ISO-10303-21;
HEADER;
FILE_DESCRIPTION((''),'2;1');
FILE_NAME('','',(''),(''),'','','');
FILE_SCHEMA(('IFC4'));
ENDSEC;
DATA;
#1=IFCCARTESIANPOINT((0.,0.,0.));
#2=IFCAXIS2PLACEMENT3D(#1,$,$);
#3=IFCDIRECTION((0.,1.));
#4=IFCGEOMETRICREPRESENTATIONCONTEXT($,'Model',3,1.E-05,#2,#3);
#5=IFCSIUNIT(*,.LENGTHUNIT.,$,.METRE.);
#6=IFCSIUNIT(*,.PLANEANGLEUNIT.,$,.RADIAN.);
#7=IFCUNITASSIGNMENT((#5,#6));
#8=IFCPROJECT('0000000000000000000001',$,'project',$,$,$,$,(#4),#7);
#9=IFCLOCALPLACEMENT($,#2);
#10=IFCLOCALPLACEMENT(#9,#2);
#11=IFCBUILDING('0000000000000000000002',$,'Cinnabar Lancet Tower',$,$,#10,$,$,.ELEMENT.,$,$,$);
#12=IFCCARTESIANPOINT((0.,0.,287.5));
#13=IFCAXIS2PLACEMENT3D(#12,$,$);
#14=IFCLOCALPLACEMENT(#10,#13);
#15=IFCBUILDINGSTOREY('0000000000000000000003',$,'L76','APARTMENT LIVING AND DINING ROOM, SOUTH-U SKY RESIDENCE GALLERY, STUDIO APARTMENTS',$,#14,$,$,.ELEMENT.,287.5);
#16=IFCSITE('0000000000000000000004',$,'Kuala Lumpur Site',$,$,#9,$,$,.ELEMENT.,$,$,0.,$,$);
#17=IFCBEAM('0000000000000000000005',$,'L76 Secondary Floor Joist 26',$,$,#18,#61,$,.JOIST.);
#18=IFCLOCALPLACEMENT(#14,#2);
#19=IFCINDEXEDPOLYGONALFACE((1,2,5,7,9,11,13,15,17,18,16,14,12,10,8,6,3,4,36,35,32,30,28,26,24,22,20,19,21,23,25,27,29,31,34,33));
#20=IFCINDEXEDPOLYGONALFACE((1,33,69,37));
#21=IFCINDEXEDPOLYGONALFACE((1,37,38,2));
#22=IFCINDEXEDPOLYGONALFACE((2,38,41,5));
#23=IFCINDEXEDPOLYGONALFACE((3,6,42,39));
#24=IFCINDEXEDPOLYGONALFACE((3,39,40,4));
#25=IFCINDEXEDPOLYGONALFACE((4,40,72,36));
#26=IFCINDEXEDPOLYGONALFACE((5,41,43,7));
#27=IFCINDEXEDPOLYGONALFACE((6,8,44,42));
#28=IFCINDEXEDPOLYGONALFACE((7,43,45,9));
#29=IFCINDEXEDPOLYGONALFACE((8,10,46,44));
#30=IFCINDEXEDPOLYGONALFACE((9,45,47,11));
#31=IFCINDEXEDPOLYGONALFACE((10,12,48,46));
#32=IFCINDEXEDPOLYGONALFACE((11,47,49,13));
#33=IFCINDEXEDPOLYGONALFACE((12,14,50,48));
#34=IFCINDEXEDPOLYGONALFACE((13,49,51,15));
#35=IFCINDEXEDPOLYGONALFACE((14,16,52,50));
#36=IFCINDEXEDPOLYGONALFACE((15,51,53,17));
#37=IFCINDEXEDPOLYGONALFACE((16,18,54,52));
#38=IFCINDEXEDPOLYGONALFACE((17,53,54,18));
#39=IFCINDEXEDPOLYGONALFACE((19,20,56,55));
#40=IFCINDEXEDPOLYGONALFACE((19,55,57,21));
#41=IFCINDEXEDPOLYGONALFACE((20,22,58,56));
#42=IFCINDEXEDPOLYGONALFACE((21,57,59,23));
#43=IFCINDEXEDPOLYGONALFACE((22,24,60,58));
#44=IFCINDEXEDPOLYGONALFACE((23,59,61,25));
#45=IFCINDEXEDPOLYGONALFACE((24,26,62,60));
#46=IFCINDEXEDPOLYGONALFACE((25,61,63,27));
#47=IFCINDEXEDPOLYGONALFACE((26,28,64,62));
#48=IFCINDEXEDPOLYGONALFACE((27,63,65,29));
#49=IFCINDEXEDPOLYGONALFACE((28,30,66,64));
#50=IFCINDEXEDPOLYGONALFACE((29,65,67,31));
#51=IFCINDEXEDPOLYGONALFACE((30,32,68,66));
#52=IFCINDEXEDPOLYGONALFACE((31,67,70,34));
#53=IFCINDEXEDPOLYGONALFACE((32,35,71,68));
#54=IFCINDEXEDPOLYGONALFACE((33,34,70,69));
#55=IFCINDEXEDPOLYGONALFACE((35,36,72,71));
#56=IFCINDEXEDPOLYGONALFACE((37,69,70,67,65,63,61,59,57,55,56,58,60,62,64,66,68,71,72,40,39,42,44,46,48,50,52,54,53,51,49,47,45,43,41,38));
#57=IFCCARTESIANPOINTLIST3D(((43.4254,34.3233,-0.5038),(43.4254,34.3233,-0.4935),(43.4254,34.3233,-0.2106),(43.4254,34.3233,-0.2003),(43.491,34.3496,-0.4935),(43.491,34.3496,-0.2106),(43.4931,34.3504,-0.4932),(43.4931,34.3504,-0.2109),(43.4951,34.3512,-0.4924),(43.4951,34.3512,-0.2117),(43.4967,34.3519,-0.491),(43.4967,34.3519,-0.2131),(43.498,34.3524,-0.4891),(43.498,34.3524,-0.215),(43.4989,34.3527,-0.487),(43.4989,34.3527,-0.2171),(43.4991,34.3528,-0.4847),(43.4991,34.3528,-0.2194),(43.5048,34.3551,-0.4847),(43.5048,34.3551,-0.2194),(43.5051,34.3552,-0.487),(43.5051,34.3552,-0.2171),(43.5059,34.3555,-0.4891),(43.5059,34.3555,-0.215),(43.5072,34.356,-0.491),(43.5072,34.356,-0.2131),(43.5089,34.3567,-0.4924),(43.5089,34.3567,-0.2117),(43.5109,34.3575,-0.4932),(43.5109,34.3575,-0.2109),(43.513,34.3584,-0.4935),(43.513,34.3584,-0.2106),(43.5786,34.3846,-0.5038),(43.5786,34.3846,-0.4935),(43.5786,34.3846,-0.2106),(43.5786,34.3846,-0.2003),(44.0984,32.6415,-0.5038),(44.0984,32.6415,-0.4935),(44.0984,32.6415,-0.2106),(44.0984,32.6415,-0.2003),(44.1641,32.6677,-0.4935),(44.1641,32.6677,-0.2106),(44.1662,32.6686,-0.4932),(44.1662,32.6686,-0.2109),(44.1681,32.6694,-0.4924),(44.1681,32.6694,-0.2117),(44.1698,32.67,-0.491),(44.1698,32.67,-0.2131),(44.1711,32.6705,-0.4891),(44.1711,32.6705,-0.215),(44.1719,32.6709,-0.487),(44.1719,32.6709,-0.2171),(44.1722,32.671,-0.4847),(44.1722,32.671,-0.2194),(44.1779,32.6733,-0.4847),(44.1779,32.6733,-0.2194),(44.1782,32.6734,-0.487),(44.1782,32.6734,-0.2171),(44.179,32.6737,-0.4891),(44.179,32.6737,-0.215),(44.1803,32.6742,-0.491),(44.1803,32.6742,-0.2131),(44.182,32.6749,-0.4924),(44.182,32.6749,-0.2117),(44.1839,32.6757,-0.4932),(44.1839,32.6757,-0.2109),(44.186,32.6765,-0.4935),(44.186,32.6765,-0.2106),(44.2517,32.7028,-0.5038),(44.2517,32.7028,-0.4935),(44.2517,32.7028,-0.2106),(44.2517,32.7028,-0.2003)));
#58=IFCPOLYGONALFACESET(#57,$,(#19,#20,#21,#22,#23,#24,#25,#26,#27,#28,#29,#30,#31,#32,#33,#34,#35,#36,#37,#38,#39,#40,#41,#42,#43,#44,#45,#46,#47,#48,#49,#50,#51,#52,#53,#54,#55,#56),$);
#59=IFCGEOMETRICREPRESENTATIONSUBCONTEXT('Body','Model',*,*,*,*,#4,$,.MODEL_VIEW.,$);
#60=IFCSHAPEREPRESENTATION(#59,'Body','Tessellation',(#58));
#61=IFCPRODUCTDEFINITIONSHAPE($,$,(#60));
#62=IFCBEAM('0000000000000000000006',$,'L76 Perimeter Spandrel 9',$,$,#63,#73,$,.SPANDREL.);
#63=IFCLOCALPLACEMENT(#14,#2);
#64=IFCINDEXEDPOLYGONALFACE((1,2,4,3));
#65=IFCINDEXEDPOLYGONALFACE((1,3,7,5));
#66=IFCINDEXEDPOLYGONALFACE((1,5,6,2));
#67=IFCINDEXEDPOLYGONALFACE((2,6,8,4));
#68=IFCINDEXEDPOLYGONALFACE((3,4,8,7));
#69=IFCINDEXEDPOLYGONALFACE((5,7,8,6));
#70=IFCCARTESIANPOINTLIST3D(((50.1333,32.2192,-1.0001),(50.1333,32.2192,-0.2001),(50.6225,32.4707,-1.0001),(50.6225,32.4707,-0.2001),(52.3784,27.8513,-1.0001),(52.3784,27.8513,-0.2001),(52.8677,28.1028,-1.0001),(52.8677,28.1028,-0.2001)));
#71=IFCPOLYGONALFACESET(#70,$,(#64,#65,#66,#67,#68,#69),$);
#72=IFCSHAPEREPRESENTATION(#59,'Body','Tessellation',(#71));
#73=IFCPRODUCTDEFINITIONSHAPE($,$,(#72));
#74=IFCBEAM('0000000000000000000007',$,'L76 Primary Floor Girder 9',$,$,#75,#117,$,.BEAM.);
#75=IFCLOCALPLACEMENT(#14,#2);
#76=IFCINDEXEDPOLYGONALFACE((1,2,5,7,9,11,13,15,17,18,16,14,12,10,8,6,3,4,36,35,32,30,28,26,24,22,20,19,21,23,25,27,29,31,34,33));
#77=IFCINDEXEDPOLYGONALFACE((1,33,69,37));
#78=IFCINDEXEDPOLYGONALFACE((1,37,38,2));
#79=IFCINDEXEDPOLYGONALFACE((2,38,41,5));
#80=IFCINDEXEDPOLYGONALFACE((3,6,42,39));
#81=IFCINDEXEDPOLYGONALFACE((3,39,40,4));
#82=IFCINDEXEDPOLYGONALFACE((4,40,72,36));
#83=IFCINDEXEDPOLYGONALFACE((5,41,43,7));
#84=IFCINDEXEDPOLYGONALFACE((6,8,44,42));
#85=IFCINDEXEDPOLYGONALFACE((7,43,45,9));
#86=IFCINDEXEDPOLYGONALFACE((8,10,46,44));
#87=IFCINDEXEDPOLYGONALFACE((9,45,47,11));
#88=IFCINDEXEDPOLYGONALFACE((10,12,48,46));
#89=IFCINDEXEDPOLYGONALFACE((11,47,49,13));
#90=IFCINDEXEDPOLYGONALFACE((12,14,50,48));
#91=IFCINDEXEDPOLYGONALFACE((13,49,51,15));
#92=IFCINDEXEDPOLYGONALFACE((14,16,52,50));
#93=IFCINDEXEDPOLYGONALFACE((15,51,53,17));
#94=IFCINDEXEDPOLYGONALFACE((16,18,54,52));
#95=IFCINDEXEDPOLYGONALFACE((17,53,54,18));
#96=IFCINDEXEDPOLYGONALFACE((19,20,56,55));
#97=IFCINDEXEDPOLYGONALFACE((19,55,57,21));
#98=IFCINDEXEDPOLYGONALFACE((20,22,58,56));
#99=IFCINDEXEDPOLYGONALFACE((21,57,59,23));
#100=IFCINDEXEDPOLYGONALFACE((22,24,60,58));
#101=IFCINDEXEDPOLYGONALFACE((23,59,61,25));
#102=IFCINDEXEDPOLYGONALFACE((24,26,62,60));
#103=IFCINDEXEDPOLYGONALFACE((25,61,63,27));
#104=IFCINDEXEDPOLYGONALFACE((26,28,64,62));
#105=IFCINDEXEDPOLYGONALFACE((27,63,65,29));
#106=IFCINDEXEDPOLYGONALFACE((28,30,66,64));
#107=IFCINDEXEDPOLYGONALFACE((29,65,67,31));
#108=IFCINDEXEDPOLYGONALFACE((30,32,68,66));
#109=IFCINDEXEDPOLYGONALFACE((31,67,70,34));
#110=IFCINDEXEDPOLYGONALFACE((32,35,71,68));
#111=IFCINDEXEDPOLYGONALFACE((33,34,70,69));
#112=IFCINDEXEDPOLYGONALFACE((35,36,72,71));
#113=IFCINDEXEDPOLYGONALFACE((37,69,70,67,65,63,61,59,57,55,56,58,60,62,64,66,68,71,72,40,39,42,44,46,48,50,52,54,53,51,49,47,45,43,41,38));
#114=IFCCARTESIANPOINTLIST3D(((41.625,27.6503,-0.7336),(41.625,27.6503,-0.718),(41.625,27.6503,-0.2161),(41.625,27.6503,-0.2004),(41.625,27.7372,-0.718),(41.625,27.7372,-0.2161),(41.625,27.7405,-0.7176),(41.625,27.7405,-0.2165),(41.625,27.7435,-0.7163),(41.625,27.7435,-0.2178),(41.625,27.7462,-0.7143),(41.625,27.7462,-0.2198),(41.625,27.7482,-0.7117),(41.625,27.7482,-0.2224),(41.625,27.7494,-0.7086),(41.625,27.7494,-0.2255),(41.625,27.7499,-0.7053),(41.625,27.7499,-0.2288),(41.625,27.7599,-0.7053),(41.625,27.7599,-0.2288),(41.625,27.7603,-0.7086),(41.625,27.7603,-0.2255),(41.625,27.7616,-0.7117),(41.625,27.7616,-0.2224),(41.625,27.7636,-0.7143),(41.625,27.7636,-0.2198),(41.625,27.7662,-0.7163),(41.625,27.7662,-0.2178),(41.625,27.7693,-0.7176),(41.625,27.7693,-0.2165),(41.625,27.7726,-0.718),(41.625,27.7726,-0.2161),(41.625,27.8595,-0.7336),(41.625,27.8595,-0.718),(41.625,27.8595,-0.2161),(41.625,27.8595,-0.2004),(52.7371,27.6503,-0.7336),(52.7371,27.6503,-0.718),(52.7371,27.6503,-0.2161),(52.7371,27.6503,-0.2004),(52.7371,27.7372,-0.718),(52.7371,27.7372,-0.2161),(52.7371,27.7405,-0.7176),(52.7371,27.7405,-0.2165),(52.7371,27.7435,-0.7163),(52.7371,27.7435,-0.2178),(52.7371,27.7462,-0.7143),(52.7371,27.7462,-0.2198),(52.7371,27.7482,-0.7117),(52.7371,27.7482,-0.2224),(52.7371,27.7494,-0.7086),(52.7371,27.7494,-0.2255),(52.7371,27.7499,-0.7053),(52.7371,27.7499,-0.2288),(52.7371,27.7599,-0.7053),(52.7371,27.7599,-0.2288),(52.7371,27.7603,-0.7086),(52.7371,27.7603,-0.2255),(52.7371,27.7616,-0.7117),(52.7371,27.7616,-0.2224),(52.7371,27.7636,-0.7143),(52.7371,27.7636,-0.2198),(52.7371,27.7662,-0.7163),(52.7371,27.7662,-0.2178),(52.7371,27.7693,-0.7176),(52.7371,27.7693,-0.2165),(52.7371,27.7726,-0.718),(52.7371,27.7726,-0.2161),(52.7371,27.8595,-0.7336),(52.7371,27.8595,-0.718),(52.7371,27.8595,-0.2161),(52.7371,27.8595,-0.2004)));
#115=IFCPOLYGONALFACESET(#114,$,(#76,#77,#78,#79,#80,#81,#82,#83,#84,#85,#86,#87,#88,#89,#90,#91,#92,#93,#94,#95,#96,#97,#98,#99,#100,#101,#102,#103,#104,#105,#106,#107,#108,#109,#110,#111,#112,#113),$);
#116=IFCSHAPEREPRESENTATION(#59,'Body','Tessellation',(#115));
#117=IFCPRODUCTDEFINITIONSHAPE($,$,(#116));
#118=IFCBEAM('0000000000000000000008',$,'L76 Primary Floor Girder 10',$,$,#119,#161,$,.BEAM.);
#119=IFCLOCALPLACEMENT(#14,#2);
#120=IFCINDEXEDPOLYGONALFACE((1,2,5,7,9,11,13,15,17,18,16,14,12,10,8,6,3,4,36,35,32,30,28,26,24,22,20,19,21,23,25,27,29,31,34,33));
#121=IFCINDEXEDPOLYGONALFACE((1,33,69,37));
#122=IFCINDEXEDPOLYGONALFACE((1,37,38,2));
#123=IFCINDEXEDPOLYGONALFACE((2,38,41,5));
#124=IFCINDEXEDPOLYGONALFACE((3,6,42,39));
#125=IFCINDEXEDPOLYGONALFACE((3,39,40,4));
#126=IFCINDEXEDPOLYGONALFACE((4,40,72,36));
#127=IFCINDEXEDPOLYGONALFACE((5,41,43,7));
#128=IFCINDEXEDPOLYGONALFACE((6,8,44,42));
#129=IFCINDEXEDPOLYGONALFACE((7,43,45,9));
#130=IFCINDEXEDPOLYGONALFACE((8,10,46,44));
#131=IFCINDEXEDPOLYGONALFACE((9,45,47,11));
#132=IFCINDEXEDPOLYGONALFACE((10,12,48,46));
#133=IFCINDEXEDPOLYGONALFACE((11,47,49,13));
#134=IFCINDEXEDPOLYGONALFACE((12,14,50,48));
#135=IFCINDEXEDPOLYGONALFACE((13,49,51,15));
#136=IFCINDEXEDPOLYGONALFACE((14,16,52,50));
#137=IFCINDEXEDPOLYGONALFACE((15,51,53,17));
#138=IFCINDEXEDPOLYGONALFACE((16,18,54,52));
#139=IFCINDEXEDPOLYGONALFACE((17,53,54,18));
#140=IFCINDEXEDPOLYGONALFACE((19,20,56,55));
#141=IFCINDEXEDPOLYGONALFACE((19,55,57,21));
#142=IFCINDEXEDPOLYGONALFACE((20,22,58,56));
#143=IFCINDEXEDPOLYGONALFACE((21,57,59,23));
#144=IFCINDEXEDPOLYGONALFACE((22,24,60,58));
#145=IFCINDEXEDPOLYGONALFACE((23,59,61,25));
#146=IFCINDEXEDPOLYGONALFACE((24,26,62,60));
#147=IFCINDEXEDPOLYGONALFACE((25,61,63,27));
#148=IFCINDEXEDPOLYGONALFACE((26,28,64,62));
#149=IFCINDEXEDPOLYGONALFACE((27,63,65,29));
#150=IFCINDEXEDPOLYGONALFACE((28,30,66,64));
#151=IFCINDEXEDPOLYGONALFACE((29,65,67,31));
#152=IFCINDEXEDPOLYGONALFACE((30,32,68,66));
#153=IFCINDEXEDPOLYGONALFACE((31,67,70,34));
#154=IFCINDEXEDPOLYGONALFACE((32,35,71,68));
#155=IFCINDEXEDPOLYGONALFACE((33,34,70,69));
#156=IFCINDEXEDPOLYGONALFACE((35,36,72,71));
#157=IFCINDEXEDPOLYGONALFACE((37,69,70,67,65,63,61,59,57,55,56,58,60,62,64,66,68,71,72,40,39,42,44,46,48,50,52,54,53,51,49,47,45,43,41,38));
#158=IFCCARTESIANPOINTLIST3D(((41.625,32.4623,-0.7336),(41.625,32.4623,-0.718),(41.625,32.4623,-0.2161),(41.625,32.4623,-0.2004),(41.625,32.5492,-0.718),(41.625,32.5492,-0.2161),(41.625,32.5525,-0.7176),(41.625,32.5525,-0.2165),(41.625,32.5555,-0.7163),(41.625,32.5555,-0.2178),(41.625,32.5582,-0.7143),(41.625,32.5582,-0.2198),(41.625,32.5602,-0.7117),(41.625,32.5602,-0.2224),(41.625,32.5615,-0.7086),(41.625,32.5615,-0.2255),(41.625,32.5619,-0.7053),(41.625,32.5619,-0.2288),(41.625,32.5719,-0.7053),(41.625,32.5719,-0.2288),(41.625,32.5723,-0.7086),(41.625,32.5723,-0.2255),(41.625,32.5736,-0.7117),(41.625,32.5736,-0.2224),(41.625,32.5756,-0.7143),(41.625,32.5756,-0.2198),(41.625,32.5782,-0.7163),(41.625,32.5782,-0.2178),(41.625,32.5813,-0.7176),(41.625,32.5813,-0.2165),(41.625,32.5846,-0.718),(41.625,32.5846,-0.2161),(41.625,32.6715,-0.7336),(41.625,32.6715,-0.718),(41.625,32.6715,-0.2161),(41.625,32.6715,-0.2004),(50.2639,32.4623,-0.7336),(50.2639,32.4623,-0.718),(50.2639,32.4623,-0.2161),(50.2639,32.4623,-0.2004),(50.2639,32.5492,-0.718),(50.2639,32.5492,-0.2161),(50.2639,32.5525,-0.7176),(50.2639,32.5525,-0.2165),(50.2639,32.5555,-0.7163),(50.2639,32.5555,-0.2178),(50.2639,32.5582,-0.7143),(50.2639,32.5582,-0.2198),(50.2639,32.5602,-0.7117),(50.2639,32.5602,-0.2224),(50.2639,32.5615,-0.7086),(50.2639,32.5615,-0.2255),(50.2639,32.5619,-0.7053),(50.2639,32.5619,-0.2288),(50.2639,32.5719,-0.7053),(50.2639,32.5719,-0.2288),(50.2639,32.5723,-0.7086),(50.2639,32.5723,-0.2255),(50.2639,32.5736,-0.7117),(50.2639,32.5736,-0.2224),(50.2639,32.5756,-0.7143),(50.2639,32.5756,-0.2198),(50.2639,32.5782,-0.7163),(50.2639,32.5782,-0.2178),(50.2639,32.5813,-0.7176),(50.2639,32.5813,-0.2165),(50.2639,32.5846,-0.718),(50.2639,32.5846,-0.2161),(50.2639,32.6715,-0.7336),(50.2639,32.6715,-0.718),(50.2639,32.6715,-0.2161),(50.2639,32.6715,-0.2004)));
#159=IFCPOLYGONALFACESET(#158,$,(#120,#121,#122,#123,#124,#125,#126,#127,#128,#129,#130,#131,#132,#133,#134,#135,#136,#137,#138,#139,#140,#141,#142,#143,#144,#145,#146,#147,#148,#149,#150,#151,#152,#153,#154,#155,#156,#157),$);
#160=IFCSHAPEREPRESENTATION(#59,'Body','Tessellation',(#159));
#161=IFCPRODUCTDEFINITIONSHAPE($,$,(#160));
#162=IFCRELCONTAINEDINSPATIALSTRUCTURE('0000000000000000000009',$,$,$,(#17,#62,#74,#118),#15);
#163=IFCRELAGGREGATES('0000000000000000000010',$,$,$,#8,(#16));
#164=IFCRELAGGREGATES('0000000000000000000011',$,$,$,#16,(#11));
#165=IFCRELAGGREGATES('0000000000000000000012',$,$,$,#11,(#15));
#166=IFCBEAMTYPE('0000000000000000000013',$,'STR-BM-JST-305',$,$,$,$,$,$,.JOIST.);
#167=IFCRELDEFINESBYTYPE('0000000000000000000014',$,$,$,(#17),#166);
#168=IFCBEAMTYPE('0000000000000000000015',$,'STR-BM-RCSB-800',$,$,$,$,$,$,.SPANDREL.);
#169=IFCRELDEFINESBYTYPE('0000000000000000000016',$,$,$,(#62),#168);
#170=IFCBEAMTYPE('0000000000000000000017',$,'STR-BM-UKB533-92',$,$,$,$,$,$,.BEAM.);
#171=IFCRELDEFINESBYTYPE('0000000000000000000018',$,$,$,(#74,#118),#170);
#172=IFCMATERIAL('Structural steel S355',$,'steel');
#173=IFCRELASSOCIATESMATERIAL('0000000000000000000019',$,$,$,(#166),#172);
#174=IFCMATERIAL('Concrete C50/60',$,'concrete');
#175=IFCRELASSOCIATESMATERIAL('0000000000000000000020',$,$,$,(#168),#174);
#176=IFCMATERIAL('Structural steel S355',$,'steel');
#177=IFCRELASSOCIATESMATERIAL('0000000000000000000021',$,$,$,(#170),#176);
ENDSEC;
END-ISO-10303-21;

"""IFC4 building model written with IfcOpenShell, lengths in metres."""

from ifc_helpers import new_model, si_unit, direction, frame, origin, origin_2d, place, context, subcontext, project, spatial, rectangle, i_section, extrude, material, material_profile, profile_set, type_object, element, save


model = new_model("IFC4")

# Units and contexts
model_context = context("Model", 3, precision=1e-05, world=origin(), true_north=direction((0.0, 1.0)))
body_context = subcontext(model_context, "Body", "Model", "MODEL_VIEW")
ifc_project = project(units=[si_unit("LENGTHUNIT", "METRE"), si_unit("PLANEANGLEUNIT", "RADIAN")], contexts=[model_context])

# Site, building, storey
site_placement = place(None, origin())
site = spatial("IfcSite", under=ifc_project, at=site_placement, Name="Kuala Lumpur Site", CompositionType="ELEMENT", RefElevation=0.0)
building_placement = place(site_placement, origin())
building = spatial("IfcBuilding", under=site, at=building_placement, Name="Cinnabar Lancet Tower", CompositionType="ELEMENT")
storey_placement = place(building_placement, frame((0.0, 0.0, 287.5)))
storey = spatial("IfcBuildingStorey", under=building, at=storey_placement, Name="L76", Description="APARTMENT LIVING AND DINING ROOM, SOUTH-U SKY RESIDENCE GALLERY, STUDIO APARTMENTS", CompositionType="ELEMENT", Elevation=287.5)

# Beams
ifc_material_1 = material(Name="Structural steel S355", Category="steel")
ifc_material_profile_1 = material_profile(ifc_material_1, i_section(OverallWidth=0.165, OverallDepth=0.3035, WebThickness=0.0061, FlangeThickness=0.0103, FilletRadius=0.0088, at=origin_2d()), Name="UKB 305x165x40")
ifc_profile_set_1 = profile_set([ifc_material_profile_1], Name="Structural steel S355")
beam_type_1 = type_object("IfcBeamType", Name="STR-BM-JST-305", PredefinedType="JOIST", material=ifc_profile_set_1)
beam_1_placement = place(storey_placement, frame((44.175, 32.6721, -0.3521), z_axis=(-0.371553, 0.928412, 0.0), x_axis=(-0.928412, -0.371553, 0.0)))
element("IfcBeam", 1, at=beam_1_placement, inside=storey, type_object=beam_type_1, Name="L76 Secondary Floor Joist 26", PredefinedType="JOIST", context=body_context, shape_type="SweptSolid", body=[
    extrude(i_section(OverallWidth=0.165, OverallDepth=0.3035, WebThickness=0.0061, FlangeThickness=0.0103, FilletRadius=0.0088, at=origin_2d()), origin(), (0.0, 0.0, 1.0), 1.8115),
])
ifc_material_2 = material(Name="Concrete C50/60", Category="concrete")
ifc_material_profile_2 = material_profile(ifc_material_2, rectangle(XDim=0.55, YDim=0.8, at=origin_2d()), Name="RC-SB 550x800")
ifc_profile_set_2 = profile_set([ifc_material_profile_2], Name="Concrete C50/60")
beam_type_2 = type_object("IfcBeamType", Name="STR-BM-RCSB-800", PredefinedType="SPANDREL", material=ifc_profile_set_2)
beam_2_placement = place(storey_placement, frame((52.623, 27.9771, -0.6001), z_axis=(-0.457148, 0.889391, 0.0), x_axis=(-0.889391, -0.457148, 0.0)))
element("IfcBeam", 2, at=beam_2_placement, inside=storey, type_object=beam_type_2, Name="L76 Perimeter Spandrel 9", PredefinedType="SPANDREL", context=body_context, shape_type="SweptSolid", body=[
    extrude(rectangle(XDim=0.55, YDim=0.8, at=origin_2d()), origin(), (0.0, 0.0, 1.0), 4.9111),
])
ifc_material_3 = material(Name="Structural steel S355", Category="steel")
ifc_material_profile_3 = material_profile(ifc_material_3, i_section(OverallWidth=0.2092, OverallDepth=0.5332, WebThickness=0.01, FlangeThickness=0.0156, FilletRadius=0.0127, at=origin_2d()), Name="UKB 533x210x92")
ifc_profile_set_3 = profile_set([ifc_material_profile_3], Name="Structural steel S355")
beam_type_3 = type_object("IfcBeamType", Name="STR-BM-UKB533-92", PredefinedType="BEAM", material=ifc_profile_set_3)
beam_3_placement = place(storey_placement, frame((52.7371, 27.7549, -0.467), z_axis=(-1.0, 0.0, 0.0), x_axis=(0.0, -1.0, 0.0)))
element("IfcBeam", 3, at=beam_3_placement, inside=storey, type_object=beam_type_3, Name="L76 Primary Floor Girder 9", PredefinedType="BEAM", context=body_context, shape_type="SweptSolid", body=[
    extrude(i_section(OverallWidth=0.2092, OverallDepth=0.5332, WebThickness=0.01, FlangeThickness=0.0156, FilletRadius=0.0127, at=origin_2d()), origin(), (0.0, 0.0, 1.0), 11.1121),
])
beam_4_placement = place(storey_placement, frame((50.2639, 32.5669, -0.467), z_axis=(-1.0, 0.0, 0.0), x_axis=(0.0, -1.0, 0.0)))
element("IfcBeam", 4, at=beam_4_placement, inside=storey, type_object=beam_type_3, Name="L76 Primary Floor Girder 10", PredefinedType="BEAM", context=body_context, shape_type="SweptSolid", body=[
    extrude(i_section(OverallWidth=0.2092, OverallDepth=0.5332, WebThickness=0.01, FlangeThickness=0.0156, FilletRadius=0.0127, at=origin_2d()), origin(), (0.0, 0.0, 1.0), 8.6389),
])

save(model, "model.ifc")
